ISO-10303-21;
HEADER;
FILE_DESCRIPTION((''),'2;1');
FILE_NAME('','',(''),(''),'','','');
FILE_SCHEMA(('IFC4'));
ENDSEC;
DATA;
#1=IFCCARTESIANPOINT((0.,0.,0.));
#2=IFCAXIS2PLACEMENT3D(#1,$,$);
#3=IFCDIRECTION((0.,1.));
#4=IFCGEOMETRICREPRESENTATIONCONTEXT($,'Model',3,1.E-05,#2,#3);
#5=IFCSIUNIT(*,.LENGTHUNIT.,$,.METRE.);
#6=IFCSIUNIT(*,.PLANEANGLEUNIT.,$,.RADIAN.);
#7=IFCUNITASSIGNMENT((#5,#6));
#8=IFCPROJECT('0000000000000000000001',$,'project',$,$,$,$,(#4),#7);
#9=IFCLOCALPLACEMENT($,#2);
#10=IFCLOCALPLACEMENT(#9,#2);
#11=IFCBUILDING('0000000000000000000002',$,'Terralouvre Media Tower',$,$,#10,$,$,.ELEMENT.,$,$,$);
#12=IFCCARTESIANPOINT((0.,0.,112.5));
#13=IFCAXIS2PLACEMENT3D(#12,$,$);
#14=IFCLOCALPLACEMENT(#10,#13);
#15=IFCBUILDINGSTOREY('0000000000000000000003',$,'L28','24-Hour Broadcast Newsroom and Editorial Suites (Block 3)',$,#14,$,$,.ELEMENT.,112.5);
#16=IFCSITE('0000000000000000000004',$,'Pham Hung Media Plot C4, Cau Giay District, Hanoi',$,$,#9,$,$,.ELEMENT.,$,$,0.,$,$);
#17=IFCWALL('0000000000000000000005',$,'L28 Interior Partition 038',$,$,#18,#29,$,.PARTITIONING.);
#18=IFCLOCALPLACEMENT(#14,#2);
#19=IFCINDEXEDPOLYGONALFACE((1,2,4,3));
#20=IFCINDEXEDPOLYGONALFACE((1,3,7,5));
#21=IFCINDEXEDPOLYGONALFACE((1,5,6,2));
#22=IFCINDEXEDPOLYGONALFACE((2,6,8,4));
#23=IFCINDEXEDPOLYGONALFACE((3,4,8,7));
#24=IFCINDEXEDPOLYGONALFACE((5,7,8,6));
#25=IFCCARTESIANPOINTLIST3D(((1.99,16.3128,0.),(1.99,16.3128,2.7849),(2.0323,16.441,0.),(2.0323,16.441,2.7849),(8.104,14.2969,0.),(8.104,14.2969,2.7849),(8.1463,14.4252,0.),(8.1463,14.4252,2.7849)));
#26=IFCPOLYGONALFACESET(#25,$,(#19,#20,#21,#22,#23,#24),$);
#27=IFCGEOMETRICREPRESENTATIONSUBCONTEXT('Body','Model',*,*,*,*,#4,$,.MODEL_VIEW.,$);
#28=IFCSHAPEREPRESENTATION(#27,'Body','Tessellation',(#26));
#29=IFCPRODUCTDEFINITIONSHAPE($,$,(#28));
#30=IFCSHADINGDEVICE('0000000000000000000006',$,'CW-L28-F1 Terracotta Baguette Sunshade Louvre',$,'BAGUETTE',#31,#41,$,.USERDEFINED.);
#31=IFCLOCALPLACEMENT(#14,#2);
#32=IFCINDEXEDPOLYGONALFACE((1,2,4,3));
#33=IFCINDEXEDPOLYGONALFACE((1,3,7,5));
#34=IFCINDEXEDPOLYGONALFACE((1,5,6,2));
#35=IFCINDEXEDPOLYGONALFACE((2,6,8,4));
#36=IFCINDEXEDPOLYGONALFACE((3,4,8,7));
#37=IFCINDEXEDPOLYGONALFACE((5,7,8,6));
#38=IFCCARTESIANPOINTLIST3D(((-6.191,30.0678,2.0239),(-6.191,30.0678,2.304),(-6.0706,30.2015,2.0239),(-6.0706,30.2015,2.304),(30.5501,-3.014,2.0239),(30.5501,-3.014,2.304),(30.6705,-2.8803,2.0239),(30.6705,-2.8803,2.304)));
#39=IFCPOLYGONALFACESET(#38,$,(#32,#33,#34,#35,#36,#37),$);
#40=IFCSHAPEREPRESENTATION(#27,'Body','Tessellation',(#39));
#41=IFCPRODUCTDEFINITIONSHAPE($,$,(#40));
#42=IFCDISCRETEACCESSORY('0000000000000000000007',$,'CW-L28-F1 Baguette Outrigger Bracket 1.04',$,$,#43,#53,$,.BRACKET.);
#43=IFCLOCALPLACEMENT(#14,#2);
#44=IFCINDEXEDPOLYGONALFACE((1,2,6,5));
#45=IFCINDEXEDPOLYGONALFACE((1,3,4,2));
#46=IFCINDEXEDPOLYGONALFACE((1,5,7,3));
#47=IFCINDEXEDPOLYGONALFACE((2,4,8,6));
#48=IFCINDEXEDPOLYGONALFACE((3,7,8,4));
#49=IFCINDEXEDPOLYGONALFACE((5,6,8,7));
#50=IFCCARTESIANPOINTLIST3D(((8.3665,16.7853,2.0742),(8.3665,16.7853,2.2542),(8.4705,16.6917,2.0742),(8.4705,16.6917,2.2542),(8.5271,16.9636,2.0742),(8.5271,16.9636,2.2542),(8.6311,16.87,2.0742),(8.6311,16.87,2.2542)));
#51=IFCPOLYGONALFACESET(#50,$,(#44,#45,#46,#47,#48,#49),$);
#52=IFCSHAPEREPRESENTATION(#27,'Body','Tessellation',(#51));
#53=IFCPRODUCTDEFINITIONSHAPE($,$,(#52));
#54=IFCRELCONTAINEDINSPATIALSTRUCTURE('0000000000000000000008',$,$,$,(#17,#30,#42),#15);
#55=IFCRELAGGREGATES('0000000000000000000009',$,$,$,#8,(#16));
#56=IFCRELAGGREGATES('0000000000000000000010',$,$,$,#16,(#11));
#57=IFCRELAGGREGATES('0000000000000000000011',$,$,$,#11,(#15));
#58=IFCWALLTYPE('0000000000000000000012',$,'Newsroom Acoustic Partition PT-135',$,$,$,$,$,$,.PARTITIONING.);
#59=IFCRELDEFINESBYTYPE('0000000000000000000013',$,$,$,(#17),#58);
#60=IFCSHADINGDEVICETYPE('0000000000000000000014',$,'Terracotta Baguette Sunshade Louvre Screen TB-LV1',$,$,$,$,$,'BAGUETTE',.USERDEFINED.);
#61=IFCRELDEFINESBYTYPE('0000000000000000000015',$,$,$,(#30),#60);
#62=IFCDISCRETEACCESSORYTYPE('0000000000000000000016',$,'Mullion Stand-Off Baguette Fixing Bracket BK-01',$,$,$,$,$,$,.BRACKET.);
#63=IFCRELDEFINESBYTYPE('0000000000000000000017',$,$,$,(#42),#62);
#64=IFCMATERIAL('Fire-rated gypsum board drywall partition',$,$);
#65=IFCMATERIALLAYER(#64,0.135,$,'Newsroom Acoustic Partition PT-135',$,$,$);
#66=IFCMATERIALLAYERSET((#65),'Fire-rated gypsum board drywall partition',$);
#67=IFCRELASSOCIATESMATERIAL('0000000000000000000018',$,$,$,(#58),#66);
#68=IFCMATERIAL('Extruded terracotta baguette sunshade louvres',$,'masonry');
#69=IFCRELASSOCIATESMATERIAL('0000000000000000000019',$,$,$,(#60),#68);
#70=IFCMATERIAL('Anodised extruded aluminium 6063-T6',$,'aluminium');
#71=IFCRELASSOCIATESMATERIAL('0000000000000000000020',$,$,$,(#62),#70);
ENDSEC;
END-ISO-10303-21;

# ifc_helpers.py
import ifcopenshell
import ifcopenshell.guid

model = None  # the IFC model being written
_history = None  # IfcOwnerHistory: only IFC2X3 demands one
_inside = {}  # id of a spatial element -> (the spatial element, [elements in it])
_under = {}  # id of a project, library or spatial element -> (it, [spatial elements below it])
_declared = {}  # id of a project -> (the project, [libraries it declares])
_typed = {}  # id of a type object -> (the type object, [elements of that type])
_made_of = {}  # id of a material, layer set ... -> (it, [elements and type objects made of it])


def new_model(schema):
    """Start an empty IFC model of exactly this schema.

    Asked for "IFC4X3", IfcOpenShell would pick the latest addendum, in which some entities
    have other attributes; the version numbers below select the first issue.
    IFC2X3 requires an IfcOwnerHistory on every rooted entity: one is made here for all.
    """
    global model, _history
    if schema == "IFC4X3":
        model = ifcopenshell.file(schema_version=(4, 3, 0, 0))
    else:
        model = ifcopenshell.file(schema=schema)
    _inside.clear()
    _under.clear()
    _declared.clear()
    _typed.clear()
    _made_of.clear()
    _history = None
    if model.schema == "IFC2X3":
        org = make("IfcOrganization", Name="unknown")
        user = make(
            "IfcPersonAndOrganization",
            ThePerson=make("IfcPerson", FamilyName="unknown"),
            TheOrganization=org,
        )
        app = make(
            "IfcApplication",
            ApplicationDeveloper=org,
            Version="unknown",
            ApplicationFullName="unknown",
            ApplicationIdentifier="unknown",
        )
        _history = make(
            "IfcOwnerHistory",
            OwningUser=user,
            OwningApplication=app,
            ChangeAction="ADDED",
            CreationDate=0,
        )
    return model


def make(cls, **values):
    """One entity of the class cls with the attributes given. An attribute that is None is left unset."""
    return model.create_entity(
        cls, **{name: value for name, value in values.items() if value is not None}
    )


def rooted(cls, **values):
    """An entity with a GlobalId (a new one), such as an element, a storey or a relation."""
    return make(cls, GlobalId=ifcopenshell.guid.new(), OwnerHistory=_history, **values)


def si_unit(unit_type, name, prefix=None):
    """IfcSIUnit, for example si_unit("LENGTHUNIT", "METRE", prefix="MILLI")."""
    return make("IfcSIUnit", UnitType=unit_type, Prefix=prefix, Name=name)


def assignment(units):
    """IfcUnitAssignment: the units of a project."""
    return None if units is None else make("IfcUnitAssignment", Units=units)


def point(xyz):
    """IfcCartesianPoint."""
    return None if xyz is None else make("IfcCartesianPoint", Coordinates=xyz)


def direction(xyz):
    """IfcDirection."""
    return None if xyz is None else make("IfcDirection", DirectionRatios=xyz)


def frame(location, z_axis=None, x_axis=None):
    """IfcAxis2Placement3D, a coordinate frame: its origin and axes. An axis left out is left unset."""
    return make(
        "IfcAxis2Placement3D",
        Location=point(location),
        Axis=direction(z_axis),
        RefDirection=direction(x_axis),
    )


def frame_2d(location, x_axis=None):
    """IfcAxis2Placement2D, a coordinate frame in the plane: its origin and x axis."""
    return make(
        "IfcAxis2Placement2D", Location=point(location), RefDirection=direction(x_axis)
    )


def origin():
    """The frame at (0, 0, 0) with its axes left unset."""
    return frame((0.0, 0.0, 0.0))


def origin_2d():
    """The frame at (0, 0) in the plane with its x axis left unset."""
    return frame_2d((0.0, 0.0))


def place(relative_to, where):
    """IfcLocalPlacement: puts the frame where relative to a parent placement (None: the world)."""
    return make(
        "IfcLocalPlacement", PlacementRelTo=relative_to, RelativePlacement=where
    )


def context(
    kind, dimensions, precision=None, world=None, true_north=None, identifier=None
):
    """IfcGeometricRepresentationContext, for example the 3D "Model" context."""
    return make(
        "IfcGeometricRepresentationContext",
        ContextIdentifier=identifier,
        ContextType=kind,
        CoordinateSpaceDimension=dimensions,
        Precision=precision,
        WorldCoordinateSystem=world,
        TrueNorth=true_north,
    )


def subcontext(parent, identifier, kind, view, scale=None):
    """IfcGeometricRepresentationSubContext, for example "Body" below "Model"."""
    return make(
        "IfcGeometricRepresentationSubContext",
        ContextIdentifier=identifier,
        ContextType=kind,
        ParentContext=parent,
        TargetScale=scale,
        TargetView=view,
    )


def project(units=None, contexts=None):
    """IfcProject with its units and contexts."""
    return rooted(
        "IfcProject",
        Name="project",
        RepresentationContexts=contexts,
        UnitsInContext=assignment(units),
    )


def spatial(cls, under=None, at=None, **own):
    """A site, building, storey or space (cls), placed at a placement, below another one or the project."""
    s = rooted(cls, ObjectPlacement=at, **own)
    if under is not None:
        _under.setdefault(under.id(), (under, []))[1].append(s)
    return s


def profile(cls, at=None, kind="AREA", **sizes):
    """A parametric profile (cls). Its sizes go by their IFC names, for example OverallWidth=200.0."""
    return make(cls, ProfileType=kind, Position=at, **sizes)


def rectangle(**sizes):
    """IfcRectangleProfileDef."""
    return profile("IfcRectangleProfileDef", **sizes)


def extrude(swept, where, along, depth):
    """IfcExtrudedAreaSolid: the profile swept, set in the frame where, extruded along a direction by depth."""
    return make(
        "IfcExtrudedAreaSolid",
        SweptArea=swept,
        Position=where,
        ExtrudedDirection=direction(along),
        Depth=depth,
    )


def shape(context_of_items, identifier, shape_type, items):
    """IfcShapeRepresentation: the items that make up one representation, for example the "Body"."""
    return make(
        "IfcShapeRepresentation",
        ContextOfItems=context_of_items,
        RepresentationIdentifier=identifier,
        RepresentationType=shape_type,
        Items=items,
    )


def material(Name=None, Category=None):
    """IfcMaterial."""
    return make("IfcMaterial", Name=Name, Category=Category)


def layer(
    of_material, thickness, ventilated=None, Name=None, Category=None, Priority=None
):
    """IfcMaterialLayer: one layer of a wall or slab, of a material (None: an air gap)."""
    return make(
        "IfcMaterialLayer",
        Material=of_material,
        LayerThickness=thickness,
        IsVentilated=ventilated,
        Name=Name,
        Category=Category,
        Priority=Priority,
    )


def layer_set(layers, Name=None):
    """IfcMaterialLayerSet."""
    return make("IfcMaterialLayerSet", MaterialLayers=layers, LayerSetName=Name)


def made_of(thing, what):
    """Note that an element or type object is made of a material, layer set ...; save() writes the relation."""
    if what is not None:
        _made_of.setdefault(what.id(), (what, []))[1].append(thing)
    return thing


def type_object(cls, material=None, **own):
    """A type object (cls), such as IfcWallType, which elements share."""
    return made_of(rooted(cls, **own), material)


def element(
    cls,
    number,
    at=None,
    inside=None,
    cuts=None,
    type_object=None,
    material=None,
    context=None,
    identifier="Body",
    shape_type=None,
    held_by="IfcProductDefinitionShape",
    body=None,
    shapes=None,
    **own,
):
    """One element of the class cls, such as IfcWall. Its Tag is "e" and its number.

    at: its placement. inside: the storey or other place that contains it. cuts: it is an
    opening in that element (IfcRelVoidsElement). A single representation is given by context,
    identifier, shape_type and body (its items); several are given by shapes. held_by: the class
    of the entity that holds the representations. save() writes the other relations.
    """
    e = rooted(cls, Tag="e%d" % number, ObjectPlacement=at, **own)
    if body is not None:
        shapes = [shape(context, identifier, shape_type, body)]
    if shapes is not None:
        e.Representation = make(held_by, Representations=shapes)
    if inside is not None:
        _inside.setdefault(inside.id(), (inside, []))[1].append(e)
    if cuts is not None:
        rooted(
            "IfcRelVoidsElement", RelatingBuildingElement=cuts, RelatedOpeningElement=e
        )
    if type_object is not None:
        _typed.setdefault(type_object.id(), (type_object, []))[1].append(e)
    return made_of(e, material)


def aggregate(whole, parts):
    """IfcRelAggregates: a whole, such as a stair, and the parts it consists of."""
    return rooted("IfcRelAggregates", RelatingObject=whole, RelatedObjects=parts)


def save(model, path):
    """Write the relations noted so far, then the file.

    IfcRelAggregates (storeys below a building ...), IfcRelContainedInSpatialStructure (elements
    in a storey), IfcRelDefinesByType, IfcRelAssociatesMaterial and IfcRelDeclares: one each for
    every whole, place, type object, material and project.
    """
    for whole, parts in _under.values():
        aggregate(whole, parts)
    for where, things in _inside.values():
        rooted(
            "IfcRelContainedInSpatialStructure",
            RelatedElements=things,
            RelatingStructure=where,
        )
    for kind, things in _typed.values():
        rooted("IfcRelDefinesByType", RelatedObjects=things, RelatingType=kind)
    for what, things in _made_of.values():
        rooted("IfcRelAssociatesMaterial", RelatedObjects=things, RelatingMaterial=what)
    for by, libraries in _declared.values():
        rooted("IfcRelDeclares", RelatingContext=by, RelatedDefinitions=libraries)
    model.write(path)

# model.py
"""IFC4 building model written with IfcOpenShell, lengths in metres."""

from ifc_helpers import new_model, si_unit, direction, frame, frame_2d, origin, origin_2d, place, context, subcontext, project, spatial, rectangle, extrude, material, layer, layer_set, type_object, element, save


model = new_model("IFC4")

# Units and contexts
model_context = context("Model", 3, precision=1e-05, world=origin(), true_north=direction((0.0, 1.0)))
body_context = subcontext(model_context, "Body", "Model", "MODEL_VIEW")
ifc_project = project(units=[si_unit("LENGTHUNIT", "METRE"), si_unit("PLANEANGLEUNIT", "RADIAN")], contexts=[model_context])

# Site, building, storey
site_placement = place(None, origin())
site = spatial("IfcSite", under=ifc_project, at=site_placement, Name="Pham Hung Media Plot C4, Cau Giay District, Hanoi", CompositionType="ELEMENT", RefElevation=0.0)
building_placement = place(site_placement, origin())
building = spatial("IfcBuilding", under=site, at=building_placement, Name="Terralouvre Media Tower", CompositionType="ELEMENT")
storey_placement = place(building_placement, frame((0.0, 0.0, 112.5)))
storey = spatial("IfcBuildingStorey", under=building, at=storey_placement, Name="L28", Description="24-Hour Broadcast Newsroom and Editorial Suites (Block 3)", CompositionType="ELEMENT", Elevation=112.5)

# Shared definitions
ifc_material_1 = material(Name="Fire-rated gypsum board drywall partition")
ifc_layer_1 = layer(ifc_material_1, 0.135, Name="Newsroom Acoustic Partition PT-135")
ifc_layer_set_1 = layer_set([ifc_layer_1], Name="Fire-rated gypsum board drywall partition")
wall_type = type_object("IfcWallType", Name="Newsroom Acoustic Partition PT-135", PredefinedType="PARTITIONING", material=ifc_layer_set_1)

# Wall
wall_1_placement = place(storey_placement, frame((8.125, 14.3611, 0.0), z_axis=(0.0, 0.0, 1.0), x_axis=(-0.94971, 0.313132, 0.0)))
element("IfcWall", 1, at=wall_1_placement, inside=storey, type_object=wall_type, Name="L28 Interior Partition 038", PredefinedType="PARTITIONING", context=body_context, shape_type="SweptSolid", body=[
    extrude(rectangle(XDim=6.4377, YDim=0.135, at=frame_2d((3.2188, 0.0))), origin(), (0.0, 0.0, 1.0), 2.7849),
])

# Shading device
ifc_material_2 = material(Name="Extruded terracotta baguette sunshade louvres", Category="masonry")
shading_device_type = type_object("IfcShadingDeviceType", Name="Terracotta Baguette Sunshade Louvre Screen TB-LV1", ElementType="BAGUETTE", PredefinedType="USERDEFINED", material=ifc_material_2)
shading_device_placement = place(storey_placement, frame((12.2397, 13.5938, 2.0239), z_axis=(0.0, 0.0, 1.0), x_axis=(-0.743145, 0.669131, 0.0)))
element("IfcShadingDevice", 2, at=shading_device_placement, inside=storey, type_object=shading_device_type, Name="CW-L28-F1 Terracotta Baguette Sunshade Louvre", ObjectType="BAGUETTE", PredefinedType="USERDEFINED", context=body_context, shape_type="SweptSolid", body=[
    extrude(rectangle(XDim=49.4399, YDim=0.1799, at=origin_2d()), origin(), (0.0, 0.0, 1.0), 0.28),
])

# Discrete accessory
ifc_material_3 = material(Name="Anodised extruded aluminium 6063-T6", Category="aluminium")
discrete_accessory_type = type_object("IfcDiscreteAccessoryType", Name="Mullion Stand-Off Baguette Fixing Bracket BK-01", PredefinedType="BRACKET", material=ifc_material_3)
discrete_accessory_placement = place(storey_placement, frame((8.4988, 16.8276, 2.0742), z_axis=(0.0, 0.0, 1.0), x_axis=(-0.743145, 0.669131, 0.0)))
element("IfcDiscreteAccessory", 3, at=discrete_accessory_placement, inside=storey, type_object=discrete_accessory_type, Name="CW-L28-F1 Baguette Outrigger Bracket 1.04", PredefinedType="BRACKET", context=body_context, shape_type="SweptSolid", body=[
    extrude(rectangle(XDim=0.1399, YDim=0.24, at=origin_2d()), origin(), (0.0, 0.0, 1.0), 0.1799),
])

save(model, "model.ifc")
